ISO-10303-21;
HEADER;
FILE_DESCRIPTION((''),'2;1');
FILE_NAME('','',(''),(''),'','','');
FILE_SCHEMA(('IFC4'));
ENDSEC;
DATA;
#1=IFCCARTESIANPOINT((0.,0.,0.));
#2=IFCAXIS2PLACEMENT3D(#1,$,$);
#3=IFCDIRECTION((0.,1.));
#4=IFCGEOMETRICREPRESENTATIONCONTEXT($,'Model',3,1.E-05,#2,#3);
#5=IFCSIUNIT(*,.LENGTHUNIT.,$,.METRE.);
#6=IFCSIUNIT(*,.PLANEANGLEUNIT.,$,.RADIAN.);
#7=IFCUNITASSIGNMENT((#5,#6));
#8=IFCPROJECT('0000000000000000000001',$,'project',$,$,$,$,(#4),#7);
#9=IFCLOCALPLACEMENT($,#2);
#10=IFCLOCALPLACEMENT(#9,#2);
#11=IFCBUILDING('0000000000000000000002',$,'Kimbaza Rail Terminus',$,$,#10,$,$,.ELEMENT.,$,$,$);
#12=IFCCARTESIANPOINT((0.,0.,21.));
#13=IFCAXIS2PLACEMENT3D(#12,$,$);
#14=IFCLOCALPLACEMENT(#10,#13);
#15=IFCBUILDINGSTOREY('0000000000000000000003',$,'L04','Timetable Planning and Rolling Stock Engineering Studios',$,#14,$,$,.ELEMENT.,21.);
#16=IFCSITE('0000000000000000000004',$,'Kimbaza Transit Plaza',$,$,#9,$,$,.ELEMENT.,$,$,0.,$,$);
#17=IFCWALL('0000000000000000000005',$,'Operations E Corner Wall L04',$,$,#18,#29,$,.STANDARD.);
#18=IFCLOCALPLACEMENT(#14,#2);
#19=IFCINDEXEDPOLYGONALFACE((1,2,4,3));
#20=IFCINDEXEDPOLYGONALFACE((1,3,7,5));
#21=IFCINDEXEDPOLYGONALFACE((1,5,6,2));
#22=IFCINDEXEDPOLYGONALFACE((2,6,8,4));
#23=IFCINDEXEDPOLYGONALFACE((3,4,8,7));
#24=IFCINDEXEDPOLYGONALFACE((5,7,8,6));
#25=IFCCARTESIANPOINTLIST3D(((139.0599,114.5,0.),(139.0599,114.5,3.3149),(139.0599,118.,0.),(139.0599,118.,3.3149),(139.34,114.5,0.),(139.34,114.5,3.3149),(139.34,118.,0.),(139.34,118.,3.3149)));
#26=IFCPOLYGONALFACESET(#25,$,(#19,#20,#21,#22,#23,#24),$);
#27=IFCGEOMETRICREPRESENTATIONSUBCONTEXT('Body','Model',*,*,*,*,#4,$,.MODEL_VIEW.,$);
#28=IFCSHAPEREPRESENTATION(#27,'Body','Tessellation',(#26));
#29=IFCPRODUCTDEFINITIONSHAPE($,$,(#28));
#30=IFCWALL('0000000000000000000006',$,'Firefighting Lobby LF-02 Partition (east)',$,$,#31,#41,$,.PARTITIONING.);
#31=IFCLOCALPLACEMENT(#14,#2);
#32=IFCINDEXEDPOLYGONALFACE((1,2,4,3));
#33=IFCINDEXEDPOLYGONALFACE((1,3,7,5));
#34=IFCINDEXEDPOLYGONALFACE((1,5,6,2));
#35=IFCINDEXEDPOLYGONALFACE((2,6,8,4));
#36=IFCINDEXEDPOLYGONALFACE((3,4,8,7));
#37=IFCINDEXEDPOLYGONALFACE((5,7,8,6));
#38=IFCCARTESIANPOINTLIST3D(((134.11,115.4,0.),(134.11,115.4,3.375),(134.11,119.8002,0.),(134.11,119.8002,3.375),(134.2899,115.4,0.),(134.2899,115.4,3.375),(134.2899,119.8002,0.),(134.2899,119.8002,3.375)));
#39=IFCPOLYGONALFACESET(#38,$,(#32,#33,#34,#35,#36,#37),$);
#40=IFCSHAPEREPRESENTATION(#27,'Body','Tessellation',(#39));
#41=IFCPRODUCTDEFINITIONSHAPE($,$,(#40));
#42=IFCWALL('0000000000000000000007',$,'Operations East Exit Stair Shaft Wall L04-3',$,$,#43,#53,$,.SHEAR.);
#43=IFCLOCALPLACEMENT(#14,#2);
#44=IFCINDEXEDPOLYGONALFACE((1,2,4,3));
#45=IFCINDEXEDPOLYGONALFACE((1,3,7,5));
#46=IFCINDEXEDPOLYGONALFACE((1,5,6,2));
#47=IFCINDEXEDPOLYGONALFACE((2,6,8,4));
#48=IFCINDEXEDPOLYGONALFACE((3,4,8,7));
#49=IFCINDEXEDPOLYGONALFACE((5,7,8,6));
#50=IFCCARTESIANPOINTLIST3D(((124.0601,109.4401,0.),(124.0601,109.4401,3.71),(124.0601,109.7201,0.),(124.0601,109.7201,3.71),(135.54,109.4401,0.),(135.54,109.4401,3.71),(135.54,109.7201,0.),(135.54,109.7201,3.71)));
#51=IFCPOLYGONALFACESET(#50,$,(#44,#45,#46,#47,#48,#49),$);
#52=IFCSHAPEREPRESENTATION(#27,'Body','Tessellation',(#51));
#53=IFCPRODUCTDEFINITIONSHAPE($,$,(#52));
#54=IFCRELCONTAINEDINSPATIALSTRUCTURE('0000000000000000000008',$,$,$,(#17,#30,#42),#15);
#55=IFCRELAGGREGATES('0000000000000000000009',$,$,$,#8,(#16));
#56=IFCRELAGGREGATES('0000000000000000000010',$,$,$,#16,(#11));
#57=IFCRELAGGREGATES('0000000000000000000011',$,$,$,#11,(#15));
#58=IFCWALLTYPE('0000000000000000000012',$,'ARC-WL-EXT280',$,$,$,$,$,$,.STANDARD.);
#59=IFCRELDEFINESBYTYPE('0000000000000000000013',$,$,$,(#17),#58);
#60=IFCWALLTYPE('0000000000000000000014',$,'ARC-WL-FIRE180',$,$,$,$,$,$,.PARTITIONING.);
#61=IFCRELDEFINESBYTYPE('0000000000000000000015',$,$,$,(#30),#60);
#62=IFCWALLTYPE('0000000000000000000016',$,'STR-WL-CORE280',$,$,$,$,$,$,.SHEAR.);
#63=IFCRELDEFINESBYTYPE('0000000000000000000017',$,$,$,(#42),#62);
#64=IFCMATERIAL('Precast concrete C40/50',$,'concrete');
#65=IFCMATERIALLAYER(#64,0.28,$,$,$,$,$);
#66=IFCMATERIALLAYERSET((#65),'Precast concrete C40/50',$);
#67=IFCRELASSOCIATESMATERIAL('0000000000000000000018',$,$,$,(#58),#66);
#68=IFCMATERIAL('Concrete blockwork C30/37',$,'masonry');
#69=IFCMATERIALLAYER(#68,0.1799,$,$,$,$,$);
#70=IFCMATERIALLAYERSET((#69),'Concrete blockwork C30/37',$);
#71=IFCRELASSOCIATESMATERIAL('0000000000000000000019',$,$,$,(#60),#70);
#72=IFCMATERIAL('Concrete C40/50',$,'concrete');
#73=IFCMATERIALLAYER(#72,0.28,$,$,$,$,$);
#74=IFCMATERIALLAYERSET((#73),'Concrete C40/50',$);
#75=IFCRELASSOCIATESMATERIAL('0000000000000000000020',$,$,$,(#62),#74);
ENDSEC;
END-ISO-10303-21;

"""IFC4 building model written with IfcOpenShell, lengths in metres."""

from ifc_helpers import new_model, si_unit, direction, frame, frame_2d, origin, place, context, subcontext, project, spatial, rectangle, extrude, material, layer, layer_set, type_object, element, save


model = new_model("IFC4")

# Units and contexts
model_context = context("Model", 3, precision=1e-05, world=origin(), true_north=direction((0.0, 1.0)))
body_context = subcontext(model_context, "Body", "Model", "MODEL_VIEW")
ifc_project = project(units=[si_unit("LENGTHUNIT", "METRE"), si_unit("PLANEANGLEUNIT", "RADIAN")], contexts=[model_context])

# Site, building, storey
site_placement = place(None, origin())
site = spatial("IfcSite", under=ifc_project, at=site_placement, Name="Kimbaza Transit Plaza", CompositionType="ELEMENT", RefElevation=0.0)
building_placement = place(site_placement, origin())
building = spatial("IfcBuilding", under=site, at=building_placement, Name="Kimbaza Rail Terminus", CompositionType="ELEMENT")
storey_placement = place(building_placement, frame((0.0, 0.0, 21.0)))
storey = spatial("IfcBuildingStorey", under=building, at=storey_placement, Name="L04", Description="Timetable Planning and Rolling Stock Engineering Studios", CompositionType="ELEMENT", Elevation=21.0)

# Walls
ifc_material_1 = material(Name="Precast concrete C40/50", Category="concrete")
ifc_layer_1 = layer(ifc_material_1, 0.28)
ifc_layer_set_1 = layer_set([ifc_layer_1], Name="Precast concrete C40/50")
wall_type_1 = type_object("IfcWallType", Name="ARC-WL-EXT280", PredefinedType="STANDARD", material=ifc_layer_set_1)
wall_1_placement = place(storey_placement, frame((139.2, 114.5, 0.0), z_axis=(0.0, 0.0, 1.0), x_axis=(0.0, 1.0, 0.0)))
element("IfcWall", 1, at=wall_1_placement, inside=storey, type_object=wall_type_1, Name="Operations E Corner Wall L04", PredefinedType="STANDARD", context=body_context, shape_type="SweptSolid", body=[
    extrude(rectangle(XDim=3.5, YDim=0.28, at=frame_2d((1.75, 0.0))), origin(), (0.0, 0.0, 1.0), 3.3149),
])
ifc_material_2 = material(Name="Concrete blockwork C30/37", Category="masonry")
ifc_layer_2 = layer(ifc_material_2, 0.1799)
ifc_layer_set_2 = layer_set([ifc_layer_2], Name="Concrete blockwork C30/37")
wall_type_2 = type_object("IfcWallType", Name="ARC-WL-FIRE180", PredefinedType="PARTITIONING", material=ifc_layer_set_2)
wall_2_placement = place(storey_placement, frame((134.2, 115.3999, 0.0), z_axis=(0.0, 0.0, 1.0), x_axis=(0.0, 1.0, 0.0)))
element("IfcWall", 2, at=wall_2_placement, inside=storey, type_object=wall_type_2, Name="Firefighting Lobby LF-02 Partition (east)", PredefinedType="PARTITIONING", context=body_context, shape_type="SweptSolid", body=[
    extrude(rectangle(XDim=4.4001, YDim=0.1799, at=frame_2d((2.2002, 0.0))), origin(), (0.0, 0.0, 1.0), 3.375),
])
ifc_material_3 = material(Name="Concrete C40/50", Category="concrete")
ifc_layer_3 = layer(ifc_material_3, 0.28)
ifc_layer_set_3 = layer_set([ifc_layer_3], Name="Concrete C40/50")
wall_type_3 = type_object("IfcWallType", Name="STR-WL-CORE280", PredefinedType="SHEAR", material=ifc_layer_set_3)
wall_3_placement = place(storey_placement, frame((135.54, 109.5801, 0.0), z_axis=(0.0, 0.0, 1.0), x_axis=(-1.0, 0.0, 0.0)))
element("IfcWall", 3, at=wall_3_placement, inside=storey, type_object=wall_type_3, Name="Operations East Exit Stair Shaft Wall L04-3", PredefinedType="SHEAR", context=body_context, shape_type="SweptSolid", body=[
    extrude(rectangle(XDim=11.48, YDim=0.28, at=frame_2d((5.74, 0.0))), origin(), (0.0, 0.0, 1.0), 3.71),
])

save(model, "model.ifc")
